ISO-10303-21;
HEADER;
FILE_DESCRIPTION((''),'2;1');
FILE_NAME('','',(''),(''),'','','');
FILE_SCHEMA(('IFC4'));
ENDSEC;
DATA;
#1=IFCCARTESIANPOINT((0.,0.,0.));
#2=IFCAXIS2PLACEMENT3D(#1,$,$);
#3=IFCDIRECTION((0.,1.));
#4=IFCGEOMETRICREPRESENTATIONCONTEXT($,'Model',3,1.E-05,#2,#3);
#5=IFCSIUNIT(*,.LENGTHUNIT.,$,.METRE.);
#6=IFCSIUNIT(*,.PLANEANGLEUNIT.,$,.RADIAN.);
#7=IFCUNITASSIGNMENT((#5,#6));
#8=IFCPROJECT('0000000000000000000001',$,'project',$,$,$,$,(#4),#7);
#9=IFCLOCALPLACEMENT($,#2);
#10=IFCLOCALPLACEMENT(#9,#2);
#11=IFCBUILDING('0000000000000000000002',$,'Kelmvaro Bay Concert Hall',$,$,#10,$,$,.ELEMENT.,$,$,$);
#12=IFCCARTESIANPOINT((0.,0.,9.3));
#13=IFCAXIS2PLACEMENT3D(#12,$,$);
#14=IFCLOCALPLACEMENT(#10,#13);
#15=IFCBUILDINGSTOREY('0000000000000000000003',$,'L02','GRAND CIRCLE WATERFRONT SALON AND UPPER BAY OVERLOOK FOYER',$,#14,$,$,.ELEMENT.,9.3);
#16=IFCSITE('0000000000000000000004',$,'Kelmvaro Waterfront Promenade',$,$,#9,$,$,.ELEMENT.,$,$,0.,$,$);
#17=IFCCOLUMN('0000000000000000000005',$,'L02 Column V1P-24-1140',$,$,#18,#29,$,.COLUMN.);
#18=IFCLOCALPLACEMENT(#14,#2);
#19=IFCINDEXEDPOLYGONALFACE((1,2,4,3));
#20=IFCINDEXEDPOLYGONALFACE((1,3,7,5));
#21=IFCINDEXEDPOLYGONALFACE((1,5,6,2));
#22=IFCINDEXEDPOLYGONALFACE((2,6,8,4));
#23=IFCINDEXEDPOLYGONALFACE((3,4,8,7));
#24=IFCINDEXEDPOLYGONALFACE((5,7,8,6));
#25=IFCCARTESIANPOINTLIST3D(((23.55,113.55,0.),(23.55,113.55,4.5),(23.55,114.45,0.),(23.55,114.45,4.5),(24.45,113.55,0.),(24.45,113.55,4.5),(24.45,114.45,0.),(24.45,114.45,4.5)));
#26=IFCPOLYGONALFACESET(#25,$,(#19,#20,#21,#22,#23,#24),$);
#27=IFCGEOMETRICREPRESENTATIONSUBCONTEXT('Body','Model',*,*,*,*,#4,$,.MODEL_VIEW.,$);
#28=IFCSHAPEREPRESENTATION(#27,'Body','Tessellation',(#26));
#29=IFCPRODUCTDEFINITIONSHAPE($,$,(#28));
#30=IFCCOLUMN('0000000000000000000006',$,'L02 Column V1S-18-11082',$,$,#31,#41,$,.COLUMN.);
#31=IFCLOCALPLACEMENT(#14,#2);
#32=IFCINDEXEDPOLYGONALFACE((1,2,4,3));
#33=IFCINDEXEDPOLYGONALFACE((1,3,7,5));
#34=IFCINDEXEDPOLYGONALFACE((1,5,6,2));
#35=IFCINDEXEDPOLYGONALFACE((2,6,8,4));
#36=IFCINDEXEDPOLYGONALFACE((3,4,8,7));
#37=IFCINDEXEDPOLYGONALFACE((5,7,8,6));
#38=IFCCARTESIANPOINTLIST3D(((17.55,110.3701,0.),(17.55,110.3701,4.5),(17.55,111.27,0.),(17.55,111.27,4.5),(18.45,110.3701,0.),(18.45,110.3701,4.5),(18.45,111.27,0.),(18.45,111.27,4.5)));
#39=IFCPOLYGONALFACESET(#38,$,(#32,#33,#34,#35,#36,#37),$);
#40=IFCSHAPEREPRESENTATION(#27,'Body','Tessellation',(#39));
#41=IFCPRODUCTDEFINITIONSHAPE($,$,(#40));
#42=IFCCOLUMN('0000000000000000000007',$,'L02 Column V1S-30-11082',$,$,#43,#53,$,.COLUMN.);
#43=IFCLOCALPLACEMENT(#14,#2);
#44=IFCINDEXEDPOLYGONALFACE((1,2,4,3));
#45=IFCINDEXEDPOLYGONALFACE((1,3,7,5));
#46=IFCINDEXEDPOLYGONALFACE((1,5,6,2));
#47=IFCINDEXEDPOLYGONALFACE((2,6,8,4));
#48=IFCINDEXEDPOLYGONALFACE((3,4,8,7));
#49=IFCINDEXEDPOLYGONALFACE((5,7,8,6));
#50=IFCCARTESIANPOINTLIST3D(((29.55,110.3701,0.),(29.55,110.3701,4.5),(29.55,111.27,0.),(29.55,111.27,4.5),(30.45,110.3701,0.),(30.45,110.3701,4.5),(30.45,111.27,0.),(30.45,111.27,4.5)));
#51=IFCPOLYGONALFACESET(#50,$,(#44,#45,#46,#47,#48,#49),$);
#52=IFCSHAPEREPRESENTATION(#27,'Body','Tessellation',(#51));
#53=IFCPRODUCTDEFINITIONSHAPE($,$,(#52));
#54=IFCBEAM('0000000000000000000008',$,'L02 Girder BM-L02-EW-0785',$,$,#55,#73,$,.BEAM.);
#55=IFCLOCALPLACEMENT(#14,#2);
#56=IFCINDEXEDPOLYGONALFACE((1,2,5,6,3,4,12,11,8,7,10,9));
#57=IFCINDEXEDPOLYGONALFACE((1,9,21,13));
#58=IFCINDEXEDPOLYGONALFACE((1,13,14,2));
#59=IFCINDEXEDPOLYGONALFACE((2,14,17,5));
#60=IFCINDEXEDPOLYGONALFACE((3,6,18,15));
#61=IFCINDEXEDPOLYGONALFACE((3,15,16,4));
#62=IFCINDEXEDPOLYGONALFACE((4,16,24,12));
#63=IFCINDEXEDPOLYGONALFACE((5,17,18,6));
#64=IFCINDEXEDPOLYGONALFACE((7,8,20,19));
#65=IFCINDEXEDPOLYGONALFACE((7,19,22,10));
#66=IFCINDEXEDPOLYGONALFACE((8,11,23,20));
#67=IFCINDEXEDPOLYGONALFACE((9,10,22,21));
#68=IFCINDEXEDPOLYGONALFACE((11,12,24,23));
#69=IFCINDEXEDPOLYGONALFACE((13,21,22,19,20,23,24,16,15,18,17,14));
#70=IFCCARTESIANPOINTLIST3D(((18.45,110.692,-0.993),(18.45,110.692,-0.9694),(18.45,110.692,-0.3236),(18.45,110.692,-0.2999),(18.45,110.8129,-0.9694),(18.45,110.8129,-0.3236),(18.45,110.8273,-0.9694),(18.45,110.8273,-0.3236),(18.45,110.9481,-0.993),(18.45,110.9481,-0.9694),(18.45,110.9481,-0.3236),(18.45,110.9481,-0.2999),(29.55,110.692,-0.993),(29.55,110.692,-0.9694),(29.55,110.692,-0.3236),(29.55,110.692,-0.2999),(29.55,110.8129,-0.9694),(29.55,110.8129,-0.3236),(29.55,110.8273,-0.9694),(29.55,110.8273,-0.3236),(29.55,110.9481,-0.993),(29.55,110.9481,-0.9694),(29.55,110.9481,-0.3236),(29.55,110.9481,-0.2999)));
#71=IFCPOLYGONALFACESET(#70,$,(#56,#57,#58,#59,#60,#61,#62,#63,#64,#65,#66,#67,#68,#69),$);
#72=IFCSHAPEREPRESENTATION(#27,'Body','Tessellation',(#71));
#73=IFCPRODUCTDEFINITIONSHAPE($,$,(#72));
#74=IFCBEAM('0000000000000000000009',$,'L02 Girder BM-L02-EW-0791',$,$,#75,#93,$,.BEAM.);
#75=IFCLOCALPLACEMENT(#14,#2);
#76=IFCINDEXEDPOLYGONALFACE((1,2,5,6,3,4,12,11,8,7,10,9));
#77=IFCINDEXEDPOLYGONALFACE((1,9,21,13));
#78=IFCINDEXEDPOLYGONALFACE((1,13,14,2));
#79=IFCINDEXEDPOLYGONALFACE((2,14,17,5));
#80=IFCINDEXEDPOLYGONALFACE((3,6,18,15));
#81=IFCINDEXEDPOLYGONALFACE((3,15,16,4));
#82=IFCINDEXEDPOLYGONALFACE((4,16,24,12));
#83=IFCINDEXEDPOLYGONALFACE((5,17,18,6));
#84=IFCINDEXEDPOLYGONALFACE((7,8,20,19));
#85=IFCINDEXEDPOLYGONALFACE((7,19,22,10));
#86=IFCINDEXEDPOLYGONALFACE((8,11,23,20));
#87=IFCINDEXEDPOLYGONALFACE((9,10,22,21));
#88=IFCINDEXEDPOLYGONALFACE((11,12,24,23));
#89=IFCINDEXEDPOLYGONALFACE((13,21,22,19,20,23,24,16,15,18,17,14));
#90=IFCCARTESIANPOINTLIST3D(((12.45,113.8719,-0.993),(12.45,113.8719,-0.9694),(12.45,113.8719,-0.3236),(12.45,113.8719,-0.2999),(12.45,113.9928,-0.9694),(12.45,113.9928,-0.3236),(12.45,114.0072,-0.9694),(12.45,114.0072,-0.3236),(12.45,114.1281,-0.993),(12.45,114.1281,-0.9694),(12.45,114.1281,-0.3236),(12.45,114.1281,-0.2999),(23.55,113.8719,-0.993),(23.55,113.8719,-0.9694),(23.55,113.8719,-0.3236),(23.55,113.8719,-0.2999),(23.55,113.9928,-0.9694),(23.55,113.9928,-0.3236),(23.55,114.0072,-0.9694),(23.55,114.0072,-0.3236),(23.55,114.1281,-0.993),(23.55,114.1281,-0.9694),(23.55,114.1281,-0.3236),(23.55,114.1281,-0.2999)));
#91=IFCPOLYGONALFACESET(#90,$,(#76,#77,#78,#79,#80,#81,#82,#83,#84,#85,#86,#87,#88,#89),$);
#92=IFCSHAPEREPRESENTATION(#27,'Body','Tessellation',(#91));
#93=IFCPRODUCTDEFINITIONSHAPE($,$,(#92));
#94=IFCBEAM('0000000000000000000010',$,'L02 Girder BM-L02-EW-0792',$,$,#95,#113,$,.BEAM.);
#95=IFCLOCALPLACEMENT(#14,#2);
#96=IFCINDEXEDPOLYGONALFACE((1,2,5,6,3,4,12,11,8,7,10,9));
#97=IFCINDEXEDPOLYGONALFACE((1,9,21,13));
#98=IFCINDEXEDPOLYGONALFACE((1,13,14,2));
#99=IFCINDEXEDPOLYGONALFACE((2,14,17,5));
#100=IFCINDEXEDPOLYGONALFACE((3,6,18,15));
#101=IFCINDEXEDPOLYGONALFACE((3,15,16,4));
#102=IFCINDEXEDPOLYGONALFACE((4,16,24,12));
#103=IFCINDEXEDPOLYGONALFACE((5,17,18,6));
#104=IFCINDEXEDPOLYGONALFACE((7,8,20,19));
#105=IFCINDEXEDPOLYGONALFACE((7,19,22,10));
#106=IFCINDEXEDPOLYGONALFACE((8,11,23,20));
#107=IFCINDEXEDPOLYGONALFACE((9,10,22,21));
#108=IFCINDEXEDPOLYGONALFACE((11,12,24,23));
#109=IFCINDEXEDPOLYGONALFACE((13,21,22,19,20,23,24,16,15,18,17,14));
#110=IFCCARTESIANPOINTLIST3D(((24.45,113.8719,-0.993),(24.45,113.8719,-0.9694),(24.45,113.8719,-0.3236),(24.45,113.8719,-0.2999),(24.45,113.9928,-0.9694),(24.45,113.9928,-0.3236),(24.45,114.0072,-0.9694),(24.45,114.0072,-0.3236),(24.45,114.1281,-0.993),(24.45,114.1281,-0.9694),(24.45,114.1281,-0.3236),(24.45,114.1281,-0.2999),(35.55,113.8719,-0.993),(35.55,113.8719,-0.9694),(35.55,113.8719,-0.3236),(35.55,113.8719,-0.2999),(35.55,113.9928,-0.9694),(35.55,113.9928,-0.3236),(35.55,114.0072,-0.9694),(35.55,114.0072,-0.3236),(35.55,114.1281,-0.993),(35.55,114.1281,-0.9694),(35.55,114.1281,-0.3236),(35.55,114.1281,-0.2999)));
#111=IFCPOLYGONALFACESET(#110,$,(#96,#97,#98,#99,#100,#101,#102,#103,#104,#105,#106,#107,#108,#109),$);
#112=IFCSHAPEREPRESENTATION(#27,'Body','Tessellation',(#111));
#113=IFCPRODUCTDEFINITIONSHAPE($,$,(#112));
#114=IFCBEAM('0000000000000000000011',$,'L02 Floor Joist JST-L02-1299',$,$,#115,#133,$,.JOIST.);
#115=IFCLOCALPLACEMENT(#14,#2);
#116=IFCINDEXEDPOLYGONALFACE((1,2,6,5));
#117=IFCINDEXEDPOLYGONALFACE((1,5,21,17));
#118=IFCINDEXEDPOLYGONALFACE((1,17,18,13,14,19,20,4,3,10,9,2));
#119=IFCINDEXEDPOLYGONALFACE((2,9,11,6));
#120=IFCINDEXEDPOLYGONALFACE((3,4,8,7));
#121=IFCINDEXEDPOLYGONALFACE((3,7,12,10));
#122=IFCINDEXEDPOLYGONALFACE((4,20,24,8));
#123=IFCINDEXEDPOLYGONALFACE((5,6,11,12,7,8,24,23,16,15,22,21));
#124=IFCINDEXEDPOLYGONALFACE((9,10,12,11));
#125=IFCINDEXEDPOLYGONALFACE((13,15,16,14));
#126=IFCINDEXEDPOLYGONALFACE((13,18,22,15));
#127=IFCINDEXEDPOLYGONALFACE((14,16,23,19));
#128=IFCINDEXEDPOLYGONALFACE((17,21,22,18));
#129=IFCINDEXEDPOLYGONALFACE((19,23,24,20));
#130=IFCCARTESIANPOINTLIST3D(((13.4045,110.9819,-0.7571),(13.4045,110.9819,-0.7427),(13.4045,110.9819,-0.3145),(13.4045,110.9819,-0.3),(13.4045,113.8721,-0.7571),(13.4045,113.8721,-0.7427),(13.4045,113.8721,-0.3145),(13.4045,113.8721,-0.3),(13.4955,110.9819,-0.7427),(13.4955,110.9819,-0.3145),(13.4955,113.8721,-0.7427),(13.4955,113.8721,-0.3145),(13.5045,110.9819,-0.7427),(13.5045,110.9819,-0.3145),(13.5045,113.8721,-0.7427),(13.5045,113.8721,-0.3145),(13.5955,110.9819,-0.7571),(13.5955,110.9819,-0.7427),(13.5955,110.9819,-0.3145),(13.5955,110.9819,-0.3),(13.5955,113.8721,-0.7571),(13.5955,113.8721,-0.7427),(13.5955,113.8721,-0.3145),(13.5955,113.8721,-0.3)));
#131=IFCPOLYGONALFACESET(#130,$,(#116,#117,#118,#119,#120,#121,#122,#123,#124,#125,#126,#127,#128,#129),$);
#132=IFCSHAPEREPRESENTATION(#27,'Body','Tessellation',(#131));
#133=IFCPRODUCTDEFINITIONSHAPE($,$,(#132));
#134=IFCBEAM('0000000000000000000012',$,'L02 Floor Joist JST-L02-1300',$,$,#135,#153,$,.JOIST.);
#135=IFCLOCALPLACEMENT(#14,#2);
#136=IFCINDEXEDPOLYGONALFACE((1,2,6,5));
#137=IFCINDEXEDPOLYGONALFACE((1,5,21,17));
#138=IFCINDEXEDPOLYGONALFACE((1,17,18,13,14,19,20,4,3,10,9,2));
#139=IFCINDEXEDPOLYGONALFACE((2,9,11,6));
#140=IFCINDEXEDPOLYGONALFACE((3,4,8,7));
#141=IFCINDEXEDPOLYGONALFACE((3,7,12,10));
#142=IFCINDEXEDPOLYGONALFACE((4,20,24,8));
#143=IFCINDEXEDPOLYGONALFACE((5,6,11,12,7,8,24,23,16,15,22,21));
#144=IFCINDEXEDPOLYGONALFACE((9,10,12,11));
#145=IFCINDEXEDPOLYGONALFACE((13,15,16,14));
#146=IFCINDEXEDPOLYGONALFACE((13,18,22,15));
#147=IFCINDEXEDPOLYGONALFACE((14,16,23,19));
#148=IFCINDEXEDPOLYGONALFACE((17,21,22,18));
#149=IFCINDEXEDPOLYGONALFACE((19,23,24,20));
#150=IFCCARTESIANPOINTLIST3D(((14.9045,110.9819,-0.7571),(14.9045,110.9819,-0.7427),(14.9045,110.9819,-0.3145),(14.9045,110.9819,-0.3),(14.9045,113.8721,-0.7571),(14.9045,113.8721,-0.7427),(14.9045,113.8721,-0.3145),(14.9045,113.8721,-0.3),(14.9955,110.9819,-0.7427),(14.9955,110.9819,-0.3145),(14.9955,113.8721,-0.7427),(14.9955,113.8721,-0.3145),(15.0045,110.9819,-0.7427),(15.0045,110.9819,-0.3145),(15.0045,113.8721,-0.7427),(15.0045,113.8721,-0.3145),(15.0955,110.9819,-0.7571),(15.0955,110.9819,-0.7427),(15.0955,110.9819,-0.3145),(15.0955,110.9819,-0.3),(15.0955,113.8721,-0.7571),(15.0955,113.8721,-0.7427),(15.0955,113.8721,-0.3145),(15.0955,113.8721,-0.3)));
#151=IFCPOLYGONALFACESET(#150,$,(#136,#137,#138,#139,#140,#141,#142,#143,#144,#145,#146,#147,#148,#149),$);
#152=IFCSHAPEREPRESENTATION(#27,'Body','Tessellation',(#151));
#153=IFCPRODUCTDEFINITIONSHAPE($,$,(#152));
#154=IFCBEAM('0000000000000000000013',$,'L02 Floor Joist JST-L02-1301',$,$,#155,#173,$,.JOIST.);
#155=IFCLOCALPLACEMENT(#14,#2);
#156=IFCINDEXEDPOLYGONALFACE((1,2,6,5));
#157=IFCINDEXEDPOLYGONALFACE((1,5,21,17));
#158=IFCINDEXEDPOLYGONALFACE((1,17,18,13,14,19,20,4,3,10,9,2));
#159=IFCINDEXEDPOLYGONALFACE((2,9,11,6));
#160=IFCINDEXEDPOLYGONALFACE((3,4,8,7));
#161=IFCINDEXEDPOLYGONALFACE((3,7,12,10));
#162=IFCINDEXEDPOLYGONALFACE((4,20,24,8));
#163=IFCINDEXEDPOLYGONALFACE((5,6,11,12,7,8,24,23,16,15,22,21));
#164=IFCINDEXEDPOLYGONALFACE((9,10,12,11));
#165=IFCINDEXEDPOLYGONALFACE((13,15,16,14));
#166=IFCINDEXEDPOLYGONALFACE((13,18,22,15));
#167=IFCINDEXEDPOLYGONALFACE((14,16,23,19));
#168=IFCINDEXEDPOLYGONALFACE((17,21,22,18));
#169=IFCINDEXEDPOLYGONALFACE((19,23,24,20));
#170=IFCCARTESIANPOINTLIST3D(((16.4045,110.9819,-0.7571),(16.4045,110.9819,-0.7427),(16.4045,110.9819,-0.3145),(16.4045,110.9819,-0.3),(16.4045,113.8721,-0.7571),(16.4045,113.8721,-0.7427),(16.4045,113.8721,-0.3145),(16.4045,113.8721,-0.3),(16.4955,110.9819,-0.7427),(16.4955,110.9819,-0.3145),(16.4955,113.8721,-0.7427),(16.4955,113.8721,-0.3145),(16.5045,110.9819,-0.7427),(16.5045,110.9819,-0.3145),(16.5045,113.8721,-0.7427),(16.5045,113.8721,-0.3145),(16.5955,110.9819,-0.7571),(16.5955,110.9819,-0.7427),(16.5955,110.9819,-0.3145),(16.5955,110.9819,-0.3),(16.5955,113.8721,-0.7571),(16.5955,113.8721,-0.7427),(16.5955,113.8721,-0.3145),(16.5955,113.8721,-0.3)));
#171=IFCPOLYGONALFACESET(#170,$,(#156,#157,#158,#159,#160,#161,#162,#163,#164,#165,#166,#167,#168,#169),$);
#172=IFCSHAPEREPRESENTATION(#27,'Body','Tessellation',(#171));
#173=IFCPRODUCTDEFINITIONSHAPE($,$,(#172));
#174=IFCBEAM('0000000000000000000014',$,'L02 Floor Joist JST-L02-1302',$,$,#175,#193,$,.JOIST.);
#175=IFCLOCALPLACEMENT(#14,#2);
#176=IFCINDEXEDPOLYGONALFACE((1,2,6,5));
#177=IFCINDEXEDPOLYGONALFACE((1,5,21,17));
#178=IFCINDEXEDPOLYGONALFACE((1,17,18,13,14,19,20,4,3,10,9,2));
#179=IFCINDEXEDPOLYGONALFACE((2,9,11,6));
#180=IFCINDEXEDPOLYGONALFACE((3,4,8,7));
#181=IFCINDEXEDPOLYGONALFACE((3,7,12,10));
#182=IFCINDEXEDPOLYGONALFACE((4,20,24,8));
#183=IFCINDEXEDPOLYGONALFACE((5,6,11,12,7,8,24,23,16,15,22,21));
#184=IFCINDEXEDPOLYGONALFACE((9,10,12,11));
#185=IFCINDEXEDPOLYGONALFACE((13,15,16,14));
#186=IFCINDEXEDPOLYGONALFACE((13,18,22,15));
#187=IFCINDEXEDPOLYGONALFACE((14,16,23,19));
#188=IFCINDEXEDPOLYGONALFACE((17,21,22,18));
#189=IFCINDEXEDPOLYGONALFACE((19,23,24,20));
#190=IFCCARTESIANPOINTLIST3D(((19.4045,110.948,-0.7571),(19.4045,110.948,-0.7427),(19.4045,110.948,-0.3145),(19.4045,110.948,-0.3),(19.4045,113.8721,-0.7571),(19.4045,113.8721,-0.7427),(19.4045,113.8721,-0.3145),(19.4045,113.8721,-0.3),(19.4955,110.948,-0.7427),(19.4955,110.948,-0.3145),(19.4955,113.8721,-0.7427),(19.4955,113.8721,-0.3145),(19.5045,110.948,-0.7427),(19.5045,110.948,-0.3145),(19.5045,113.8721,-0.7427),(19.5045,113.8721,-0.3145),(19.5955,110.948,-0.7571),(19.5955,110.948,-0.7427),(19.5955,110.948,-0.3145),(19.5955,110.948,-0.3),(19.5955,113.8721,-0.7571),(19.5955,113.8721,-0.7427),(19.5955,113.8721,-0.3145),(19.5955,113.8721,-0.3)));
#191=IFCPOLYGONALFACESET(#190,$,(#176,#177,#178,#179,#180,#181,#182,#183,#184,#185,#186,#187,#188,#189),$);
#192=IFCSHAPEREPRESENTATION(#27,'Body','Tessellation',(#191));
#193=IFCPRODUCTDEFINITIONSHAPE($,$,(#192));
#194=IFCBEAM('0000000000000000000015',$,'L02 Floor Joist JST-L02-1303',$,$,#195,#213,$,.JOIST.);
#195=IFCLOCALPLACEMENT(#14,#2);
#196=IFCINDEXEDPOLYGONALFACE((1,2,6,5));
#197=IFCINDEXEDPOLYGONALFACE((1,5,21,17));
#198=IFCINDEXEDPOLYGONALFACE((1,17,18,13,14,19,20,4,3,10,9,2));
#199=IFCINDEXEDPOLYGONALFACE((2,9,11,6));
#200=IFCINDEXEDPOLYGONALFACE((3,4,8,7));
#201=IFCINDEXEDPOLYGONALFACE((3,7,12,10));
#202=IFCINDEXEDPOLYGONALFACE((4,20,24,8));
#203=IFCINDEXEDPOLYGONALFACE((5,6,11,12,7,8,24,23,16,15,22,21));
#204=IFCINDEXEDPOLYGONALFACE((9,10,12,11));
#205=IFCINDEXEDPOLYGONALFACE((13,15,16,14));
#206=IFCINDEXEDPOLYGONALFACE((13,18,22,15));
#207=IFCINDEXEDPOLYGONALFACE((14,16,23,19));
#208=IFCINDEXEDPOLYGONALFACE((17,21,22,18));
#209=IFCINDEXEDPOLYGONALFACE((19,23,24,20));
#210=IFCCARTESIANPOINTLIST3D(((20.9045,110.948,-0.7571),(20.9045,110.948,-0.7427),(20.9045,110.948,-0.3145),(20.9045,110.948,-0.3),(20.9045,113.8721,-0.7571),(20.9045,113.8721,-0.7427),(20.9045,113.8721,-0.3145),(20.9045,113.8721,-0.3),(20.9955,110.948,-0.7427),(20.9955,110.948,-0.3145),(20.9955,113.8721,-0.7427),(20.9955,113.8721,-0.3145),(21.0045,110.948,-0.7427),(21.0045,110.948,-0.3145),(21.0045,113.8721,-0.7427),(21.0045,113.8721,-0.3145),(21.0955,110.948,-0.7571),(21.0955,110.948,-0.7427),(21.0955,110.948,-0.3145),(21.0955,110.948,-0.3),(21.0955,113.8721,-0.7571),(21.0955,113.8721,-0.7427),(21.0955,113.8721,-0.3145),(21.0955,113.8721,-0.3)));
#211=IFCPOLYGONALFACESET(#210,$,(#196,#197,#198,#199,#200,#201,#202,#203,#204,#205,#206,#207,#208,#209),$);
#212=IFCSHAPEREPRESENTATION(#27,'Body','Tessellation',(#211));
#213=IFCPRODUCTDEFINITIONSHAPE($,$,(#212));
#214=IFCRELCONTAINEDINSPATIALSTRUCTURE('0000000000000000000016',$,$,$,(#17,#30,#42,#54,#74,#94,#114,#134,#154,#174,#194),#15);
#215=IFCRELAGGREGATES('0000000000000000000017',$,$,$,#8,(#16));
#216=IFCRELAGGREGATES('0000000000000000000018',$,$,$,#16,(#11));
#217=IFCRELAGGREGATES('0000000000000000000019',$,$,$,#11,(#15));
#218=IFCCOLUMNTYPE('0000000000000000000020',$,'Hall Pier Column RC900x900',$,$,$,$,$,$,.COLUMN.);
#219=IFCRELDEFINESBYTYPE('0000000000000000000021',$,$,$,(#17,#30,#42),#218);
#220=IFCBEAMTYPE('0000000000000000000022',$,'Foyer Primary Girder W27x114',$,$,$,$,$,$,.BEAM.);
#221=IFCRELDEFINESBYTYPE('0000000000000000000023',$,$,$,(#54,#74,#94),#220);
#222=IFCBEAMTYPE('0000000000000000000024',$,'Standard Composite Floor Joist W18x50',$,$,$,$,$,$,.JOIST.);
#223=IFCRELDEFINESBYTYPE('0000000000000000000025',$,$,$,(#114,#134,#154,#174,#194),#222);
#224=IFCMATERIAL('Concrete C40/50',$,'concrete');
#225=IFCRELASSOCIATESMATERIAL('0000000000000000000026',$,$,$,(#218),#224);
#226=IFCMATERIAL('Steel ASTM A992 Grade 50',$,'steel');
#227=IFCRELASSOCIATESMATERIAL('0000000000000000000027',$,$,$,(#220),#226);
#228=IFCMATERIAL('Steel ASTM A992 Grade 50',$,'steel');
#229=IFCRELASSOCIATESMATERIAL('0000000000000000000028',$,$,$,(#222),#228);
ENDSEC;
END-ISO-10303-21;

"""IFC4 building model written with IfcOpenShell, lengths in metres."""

from ifc_helpers import new_model, si_unit, direction, frame, origin, origin_2d, place, context, subcontext, project, spatial, rectangle, i_section, extrude, material, material_profile, profile_set, type_object, element, save


model = new_model("IFC4")

# Units and contexts
model_context = context("Model", 3, precision=1e-05, world=origin(), true_north=direction((0.0, 1.0)))
body_context = subcontext(model_context, "Body", "Model", "MODEL_VIEW")
ifc_project = project(units=[si_unit("LENGTHUNIT", "METRE"), si_unit("PLANEANGLEUNIT", "RADIAN")], contexts=[model_context])

# Site, building, storey
site_placement = place(None, origin())
site = spatial("IfcSite", under=ifc_project, at=site_placement, Name="Kelmvaro Waterfront Promenade", CompositionType="ELEMENT", RefElevation=0.0)
building_placement = place(site_placement, origin())
building = spatial("IfcBuilding", under=site, at=building_placement, Name="Kelmvaro Bay Concert Hall", CompositionType="ELEMENT")
storey_placement = place(building_placement, frame((0.0, 0.0, 9.3)))
storey = spatial("IfcBuildingStorey", under=building, at=storey_placement, Name="L02", Description="GRAND CIRCLE WATERFRONT SALON AND UPPER BAY OVERLOOK FOYER", CompositionType="ELEMENT", Elevation=9.3)

# Columns
ifc_material_1 = material(Name="Concrete C40/50", Category="concrete")
ifc_material_profile_1 = material_profile(ifc_material_1, rectangle(XDim=0.8999, YDim=0.8999, at=origin_2d()), Name="RC-COL-900X900")
ifc_profile_set_1 = profile_set([ifc_material_profile_1], Name="Concrete C40/50")
column_type = type_object("IfcColumnType", Name="Hall Pier Column RC900x900", PredefinedType="COLUMN", material=ifc_profile_set_1)
for number, where, z_axis, x_axis, name in (
    (1, (24.0, 114.0, 0.0), (0.0, 0.0, 1.0), (1.0, 0.0, 0.0), "L02 Column V1P-24-1140"),
    (2, (18.0, 110.8201, 0.0), (0.0, 0.0, 1.0), (1.0, 0.0, 0.0), "L02 Column V1S-18-11082"),
    (3, (30.0, 110.8201, 0.0), (0.0, 0.0, 1.0), (1.0, 0.0, 0.0), "L02 Column V1S-30-11082"),
):
    element("IfcColumn", number, at=place(storey_placement, frame(where, z_axis=z_axis, x_axis=x_axis)), inside=storey, type_object=column_type, Name=name, PredefinedType="COLUMN", context=body_context, shape_type="SweptSolid", body=[
        extrude(rectangle(XDim=0.8999, YDim=0.8999, at=origin_2d()), origin(), (0.0, 0.0, 1.0), 4.5),
    ])

# Beams
ifc_material_2 = material(Name="Steel ASTM A992 Grade 50", Category="steel")
ifc_material_profile_2 = material_profile(ifc_material_2, i_section(OverallWidth=0.2561, OverallDepth=0.6931, WebThickness=0.0144, FlangeThickness=0.0237, at=origin_2d()), Name="W27X114")
ifc_profile_set_2 = profile_set([ifc_material_profile_2], Name="Steel ASTM A992 Grade 50")
beam_type_1 = type_object("IfcBeamType", Name="Foyer Primary Girder W27x114", PredefinedType="BEAM", material=ifc_profile_set_2)
for number, where, z_axis, x_axis, name in (
    (4, (18.45, 110.8201, -0.6465), (1.0, 0.0, 0.0), (0.0, 1.0, 0.0), "L02 Girder BM-L02-EW-0785"),
    (5, (12.45, 114.0, -0.6465), (1.0, 0.0, 0.0), (0.0, 1.0, 0.0), "L02 Girder BM-L02-EW-0791"),
    (6, (24.45, 114.0, -0.6465), (1.0, 0.0, 0.0), (0.0, 1.0, 0.0), "L02 Girder BM-L02-EW-0792"),
):
    element("IfcBeam", number, at=place(storey_placement, frame(where, z_axis=z_axis, x_axis=x_axis)), inside=storey, type_object=beam_type_1, Name=name, PredefinedType="BEAM", context=body_context, shape_type="SweptSolid", body=[
        extrude(i_section(OverallWidth=0.2561, OverallDepth=0.6931, WebThickness=0.0144, FlangeThickness=0.0237, at=origin_2d()), origin(), (0.0, 0.0, 1.0), 11.1001),
    ])
ifc_material_3 = material(Name="Steel ASTM A992 Grade 50", Category="steel")
ifc_material_profile_3 = material_profile(ifc_material_3, i_section(OverallWidth=0.1909, OverallDepth=0.457, WebThickness=0.009, FlangeThickness=0.0144, at=origin_2d()), Name="W18X50")
ifc_profile_set_3 = profile_set([ifc_material_profile_3], Name="Steel ASTM A992 Grade 50")
beam_type_2 = type_object("IfcBeamType", Name="Standard Composite Floor Joist W18x50", PredefinedType="JOIST", material=ifc_profile_set_3)
for number, where, z_axis, x_axis, name in (
    (7, (13.5, 110.9819, -0.5286), (0.0, 1.0, 0.0), (-1.0, 0.0, 0.0), "L02 Floor Joist JST-L02-1299"),
    (8, (15.0, 110.9819, -0.5286), (0.0, 1.0, 0.0), (-1.0, 0.0, 0.0), "L02 Floor Joist JST-L02-1300"),
    (9, (16.5, 110.9819, -0.5286), (0.0, 1.0, 0.0), (-1.0, 0.0, 0.0), "L02 Floor Joist JST-L02-1301"),
):
    element("IfcBeam", number, at=place(storey_placement, frame(where, z_axis=z_axis, x_axis=x_axis)), inside=storey, type_object=beam_type_2, Name=name, PredefinedType="JOIST", context=body_context, shape_type="SweptSolid", body=[
        extrude(i_section(OverallWidth=0.1909, OverallDepth=0.457, WebThickness=0.009, FlangeThickness=0.0144, at=origin_2d()), origin(), (0.0, 0.0, 1.0), 2.8901),
    ])
for number, where, z_axis, x_axis, name in (
    (10, (19.5, 110.948, -0.5286), (0.0, 1.0, 0.0), (-1.0, 0.0, 0.0), "L02 Floor Joist JST-L02-1302"),
    (11, (21.0, 110.948, -0.5286), (0.0, 1.0, 0.0), (-1.0, 0.0, 0.0), "L02 Floor Joist JST-L02-1303"),
):
    element("IfcBeam", number, at=place(storey_placement, frame(where, z_axis=z_axis, x_axis=x_axis)), inside=storey, type_object=beam_type_2, Name=name, PredefinedType="JOIST", context=body_context, shape_type="SweptSolid", body=[
        extrude(i_section(OverallWidth=0.1909, OverallDepth=0.457, WebThickness=0.009, FlangeThickness=0.0144, at=origin_2d()), origin(), (0.0, 0.0, 1.0), 2.9241),
    ])

save(model, "model.ifc")
